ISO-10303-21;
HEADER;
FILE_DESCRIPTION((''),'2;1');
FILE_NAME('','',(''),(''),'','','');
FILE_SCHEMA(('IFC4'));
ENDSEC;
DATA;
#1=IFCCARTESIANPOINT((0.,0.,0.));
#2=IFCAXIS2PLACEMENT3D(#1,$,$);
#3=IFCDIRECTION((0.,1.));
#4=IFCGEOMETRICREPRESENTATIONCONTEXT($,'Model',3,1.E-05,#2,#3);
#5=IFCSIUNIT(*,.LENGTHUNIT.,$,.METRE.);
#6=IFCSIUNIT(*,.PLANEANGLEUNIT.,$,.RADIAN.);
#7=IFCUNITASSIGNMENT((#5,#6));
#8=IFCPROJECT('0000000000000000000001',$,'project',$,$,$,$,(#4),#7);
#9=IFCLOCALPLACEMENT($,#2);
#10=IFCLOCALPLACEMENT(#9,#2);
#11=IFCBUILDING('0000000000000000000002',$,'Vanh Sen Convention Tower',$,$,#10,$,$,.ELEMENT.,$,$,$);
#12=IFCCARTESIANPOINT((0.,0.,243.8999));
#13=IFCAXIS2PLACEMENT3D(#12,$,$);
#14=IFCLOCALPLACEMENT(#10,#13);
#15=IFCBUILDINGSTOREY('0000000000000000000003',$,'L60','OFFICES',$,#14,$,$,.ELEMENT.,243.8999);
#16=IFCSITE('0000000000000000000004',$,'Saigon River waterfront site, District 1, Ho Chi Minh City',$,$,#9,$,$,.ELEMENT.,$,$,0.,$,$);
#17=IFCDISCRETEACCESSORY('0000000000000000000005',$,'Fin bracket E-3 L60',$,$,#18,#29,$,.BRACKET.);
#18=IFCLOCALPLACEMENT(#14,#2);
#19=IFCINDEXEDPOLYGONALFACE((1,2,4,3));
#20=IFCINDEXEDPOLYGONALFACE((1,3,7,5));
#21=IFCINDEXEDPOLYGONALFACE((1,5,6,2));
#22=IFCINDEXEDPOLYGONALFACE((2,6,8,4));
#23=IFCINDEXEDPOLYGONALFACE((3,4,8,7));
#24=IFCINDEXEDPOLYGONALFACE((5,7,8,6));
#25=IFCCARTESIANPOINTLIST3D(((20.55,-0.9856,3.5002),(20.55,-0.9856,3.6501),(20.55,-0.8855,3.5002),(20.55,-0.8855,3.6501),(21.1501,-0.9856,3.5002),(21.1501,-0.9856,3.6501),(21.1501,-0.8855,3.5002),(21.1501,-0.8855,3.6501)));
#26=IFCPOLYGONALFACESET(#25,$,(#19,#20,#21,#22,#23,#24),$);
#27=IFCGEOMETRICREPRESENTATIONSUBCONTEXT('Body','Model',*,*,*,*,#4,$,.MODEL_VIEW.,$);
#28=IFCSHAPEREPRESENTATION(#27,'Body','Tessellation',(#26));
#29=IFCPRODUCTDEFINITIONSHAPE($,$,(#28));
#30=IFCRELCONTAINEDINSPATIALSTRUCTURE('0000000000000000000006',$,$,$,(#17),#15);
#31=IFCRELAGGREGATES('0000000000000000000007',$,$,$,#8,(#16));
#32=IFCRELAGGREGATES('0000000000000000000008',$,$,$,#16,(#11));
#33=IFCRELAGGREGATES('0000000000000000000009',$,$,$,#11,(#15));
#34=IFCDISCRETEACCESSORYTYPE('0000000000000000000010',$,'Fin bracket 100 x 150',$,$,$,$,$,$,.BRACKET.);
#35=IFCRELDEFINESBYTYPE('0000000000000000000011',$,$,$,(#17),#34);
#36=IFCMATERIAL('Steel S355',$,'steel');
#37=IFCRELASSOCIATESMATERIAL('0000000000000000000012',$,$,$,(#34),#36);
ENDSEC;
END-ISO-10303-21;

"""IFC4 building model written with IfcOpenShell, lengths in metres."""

from ifc_helpers import new_model, si_unit, direction, frame, origin, origin_2d, place, context, subcontext, project, spatial, rectangle, extrude, material, type_object, element, save


model = new_model("IFC4")

# Units and contexts
model_context = context("Model", 3, precision=1e-05, world=origin(), true_north=direction((0.0, 1.0)))
body_context = subcontext(model_context, "Body", "Model", "MODEL_VIEW")
ifc_project = project(units=[si_unit("LENGTHUNIT", "METRE"), si_unit("PLANEANGLEUNIT", "RADIAN")], contexts=[model_context])

# Site, building, storey
site_placement = place(None, origin())
site = spatial("IfcSite", under=ifc_project, at=site_placement, Name="Saigon River waterfront site, District 1, Ho Chi Minh City", CompositionType="ELEMENT", RefElevation=0.0)
building_placement = place(site_placement, origin())
building = spatial("IfcBuilding", under=site, at=building_placement, Name="Vanh Sen Convention Tower", CompositionType="ELEMENT")
storey_placement = place(building_placement, frame((0.0, 0.0, 243.8999)))
storey = spatial("IfcBuildingStorey", under=building, at=storey_placement, Name="L60", Description="OFFICES", CompositionType="ELEMENT", Elevation=243.8999)

# Discrete accessory
ifc_material_1 = material(Name="Steel S355", Category="steel")
discrete_accessory_type = type_object("IfcDiscreteAccessoryType", Name="Fin bracket 100 x 150", PredefinedType="BRACKET", material=ifc_material_1)
for number, where, z_axis, x_axis, name in (
    (1, (20.8501, -0.9355, 3.5002), (0.0, 0.0, 1.0), (1.0, 0.0, 0.0), "Fin bracket E-3 L60"),
):
    element("IfcDiscreteAccessory", number, at=place(storey_placement, frame(where, z_axis=z_axis, x_axis=x_axis)), inside=storey, type_object=discrete_accessory_type, Name=name, PredefinedType="BRACKET", context=body_context, shape_type="SweptSolid", body=[
        extrude(rectangle(XDim=0.6001, YDim=0.1001, at=origin_2d()), origin(), (0.0, 0.0, 1.0), 0.1499),
    ])

save(model, "model.ifc")
